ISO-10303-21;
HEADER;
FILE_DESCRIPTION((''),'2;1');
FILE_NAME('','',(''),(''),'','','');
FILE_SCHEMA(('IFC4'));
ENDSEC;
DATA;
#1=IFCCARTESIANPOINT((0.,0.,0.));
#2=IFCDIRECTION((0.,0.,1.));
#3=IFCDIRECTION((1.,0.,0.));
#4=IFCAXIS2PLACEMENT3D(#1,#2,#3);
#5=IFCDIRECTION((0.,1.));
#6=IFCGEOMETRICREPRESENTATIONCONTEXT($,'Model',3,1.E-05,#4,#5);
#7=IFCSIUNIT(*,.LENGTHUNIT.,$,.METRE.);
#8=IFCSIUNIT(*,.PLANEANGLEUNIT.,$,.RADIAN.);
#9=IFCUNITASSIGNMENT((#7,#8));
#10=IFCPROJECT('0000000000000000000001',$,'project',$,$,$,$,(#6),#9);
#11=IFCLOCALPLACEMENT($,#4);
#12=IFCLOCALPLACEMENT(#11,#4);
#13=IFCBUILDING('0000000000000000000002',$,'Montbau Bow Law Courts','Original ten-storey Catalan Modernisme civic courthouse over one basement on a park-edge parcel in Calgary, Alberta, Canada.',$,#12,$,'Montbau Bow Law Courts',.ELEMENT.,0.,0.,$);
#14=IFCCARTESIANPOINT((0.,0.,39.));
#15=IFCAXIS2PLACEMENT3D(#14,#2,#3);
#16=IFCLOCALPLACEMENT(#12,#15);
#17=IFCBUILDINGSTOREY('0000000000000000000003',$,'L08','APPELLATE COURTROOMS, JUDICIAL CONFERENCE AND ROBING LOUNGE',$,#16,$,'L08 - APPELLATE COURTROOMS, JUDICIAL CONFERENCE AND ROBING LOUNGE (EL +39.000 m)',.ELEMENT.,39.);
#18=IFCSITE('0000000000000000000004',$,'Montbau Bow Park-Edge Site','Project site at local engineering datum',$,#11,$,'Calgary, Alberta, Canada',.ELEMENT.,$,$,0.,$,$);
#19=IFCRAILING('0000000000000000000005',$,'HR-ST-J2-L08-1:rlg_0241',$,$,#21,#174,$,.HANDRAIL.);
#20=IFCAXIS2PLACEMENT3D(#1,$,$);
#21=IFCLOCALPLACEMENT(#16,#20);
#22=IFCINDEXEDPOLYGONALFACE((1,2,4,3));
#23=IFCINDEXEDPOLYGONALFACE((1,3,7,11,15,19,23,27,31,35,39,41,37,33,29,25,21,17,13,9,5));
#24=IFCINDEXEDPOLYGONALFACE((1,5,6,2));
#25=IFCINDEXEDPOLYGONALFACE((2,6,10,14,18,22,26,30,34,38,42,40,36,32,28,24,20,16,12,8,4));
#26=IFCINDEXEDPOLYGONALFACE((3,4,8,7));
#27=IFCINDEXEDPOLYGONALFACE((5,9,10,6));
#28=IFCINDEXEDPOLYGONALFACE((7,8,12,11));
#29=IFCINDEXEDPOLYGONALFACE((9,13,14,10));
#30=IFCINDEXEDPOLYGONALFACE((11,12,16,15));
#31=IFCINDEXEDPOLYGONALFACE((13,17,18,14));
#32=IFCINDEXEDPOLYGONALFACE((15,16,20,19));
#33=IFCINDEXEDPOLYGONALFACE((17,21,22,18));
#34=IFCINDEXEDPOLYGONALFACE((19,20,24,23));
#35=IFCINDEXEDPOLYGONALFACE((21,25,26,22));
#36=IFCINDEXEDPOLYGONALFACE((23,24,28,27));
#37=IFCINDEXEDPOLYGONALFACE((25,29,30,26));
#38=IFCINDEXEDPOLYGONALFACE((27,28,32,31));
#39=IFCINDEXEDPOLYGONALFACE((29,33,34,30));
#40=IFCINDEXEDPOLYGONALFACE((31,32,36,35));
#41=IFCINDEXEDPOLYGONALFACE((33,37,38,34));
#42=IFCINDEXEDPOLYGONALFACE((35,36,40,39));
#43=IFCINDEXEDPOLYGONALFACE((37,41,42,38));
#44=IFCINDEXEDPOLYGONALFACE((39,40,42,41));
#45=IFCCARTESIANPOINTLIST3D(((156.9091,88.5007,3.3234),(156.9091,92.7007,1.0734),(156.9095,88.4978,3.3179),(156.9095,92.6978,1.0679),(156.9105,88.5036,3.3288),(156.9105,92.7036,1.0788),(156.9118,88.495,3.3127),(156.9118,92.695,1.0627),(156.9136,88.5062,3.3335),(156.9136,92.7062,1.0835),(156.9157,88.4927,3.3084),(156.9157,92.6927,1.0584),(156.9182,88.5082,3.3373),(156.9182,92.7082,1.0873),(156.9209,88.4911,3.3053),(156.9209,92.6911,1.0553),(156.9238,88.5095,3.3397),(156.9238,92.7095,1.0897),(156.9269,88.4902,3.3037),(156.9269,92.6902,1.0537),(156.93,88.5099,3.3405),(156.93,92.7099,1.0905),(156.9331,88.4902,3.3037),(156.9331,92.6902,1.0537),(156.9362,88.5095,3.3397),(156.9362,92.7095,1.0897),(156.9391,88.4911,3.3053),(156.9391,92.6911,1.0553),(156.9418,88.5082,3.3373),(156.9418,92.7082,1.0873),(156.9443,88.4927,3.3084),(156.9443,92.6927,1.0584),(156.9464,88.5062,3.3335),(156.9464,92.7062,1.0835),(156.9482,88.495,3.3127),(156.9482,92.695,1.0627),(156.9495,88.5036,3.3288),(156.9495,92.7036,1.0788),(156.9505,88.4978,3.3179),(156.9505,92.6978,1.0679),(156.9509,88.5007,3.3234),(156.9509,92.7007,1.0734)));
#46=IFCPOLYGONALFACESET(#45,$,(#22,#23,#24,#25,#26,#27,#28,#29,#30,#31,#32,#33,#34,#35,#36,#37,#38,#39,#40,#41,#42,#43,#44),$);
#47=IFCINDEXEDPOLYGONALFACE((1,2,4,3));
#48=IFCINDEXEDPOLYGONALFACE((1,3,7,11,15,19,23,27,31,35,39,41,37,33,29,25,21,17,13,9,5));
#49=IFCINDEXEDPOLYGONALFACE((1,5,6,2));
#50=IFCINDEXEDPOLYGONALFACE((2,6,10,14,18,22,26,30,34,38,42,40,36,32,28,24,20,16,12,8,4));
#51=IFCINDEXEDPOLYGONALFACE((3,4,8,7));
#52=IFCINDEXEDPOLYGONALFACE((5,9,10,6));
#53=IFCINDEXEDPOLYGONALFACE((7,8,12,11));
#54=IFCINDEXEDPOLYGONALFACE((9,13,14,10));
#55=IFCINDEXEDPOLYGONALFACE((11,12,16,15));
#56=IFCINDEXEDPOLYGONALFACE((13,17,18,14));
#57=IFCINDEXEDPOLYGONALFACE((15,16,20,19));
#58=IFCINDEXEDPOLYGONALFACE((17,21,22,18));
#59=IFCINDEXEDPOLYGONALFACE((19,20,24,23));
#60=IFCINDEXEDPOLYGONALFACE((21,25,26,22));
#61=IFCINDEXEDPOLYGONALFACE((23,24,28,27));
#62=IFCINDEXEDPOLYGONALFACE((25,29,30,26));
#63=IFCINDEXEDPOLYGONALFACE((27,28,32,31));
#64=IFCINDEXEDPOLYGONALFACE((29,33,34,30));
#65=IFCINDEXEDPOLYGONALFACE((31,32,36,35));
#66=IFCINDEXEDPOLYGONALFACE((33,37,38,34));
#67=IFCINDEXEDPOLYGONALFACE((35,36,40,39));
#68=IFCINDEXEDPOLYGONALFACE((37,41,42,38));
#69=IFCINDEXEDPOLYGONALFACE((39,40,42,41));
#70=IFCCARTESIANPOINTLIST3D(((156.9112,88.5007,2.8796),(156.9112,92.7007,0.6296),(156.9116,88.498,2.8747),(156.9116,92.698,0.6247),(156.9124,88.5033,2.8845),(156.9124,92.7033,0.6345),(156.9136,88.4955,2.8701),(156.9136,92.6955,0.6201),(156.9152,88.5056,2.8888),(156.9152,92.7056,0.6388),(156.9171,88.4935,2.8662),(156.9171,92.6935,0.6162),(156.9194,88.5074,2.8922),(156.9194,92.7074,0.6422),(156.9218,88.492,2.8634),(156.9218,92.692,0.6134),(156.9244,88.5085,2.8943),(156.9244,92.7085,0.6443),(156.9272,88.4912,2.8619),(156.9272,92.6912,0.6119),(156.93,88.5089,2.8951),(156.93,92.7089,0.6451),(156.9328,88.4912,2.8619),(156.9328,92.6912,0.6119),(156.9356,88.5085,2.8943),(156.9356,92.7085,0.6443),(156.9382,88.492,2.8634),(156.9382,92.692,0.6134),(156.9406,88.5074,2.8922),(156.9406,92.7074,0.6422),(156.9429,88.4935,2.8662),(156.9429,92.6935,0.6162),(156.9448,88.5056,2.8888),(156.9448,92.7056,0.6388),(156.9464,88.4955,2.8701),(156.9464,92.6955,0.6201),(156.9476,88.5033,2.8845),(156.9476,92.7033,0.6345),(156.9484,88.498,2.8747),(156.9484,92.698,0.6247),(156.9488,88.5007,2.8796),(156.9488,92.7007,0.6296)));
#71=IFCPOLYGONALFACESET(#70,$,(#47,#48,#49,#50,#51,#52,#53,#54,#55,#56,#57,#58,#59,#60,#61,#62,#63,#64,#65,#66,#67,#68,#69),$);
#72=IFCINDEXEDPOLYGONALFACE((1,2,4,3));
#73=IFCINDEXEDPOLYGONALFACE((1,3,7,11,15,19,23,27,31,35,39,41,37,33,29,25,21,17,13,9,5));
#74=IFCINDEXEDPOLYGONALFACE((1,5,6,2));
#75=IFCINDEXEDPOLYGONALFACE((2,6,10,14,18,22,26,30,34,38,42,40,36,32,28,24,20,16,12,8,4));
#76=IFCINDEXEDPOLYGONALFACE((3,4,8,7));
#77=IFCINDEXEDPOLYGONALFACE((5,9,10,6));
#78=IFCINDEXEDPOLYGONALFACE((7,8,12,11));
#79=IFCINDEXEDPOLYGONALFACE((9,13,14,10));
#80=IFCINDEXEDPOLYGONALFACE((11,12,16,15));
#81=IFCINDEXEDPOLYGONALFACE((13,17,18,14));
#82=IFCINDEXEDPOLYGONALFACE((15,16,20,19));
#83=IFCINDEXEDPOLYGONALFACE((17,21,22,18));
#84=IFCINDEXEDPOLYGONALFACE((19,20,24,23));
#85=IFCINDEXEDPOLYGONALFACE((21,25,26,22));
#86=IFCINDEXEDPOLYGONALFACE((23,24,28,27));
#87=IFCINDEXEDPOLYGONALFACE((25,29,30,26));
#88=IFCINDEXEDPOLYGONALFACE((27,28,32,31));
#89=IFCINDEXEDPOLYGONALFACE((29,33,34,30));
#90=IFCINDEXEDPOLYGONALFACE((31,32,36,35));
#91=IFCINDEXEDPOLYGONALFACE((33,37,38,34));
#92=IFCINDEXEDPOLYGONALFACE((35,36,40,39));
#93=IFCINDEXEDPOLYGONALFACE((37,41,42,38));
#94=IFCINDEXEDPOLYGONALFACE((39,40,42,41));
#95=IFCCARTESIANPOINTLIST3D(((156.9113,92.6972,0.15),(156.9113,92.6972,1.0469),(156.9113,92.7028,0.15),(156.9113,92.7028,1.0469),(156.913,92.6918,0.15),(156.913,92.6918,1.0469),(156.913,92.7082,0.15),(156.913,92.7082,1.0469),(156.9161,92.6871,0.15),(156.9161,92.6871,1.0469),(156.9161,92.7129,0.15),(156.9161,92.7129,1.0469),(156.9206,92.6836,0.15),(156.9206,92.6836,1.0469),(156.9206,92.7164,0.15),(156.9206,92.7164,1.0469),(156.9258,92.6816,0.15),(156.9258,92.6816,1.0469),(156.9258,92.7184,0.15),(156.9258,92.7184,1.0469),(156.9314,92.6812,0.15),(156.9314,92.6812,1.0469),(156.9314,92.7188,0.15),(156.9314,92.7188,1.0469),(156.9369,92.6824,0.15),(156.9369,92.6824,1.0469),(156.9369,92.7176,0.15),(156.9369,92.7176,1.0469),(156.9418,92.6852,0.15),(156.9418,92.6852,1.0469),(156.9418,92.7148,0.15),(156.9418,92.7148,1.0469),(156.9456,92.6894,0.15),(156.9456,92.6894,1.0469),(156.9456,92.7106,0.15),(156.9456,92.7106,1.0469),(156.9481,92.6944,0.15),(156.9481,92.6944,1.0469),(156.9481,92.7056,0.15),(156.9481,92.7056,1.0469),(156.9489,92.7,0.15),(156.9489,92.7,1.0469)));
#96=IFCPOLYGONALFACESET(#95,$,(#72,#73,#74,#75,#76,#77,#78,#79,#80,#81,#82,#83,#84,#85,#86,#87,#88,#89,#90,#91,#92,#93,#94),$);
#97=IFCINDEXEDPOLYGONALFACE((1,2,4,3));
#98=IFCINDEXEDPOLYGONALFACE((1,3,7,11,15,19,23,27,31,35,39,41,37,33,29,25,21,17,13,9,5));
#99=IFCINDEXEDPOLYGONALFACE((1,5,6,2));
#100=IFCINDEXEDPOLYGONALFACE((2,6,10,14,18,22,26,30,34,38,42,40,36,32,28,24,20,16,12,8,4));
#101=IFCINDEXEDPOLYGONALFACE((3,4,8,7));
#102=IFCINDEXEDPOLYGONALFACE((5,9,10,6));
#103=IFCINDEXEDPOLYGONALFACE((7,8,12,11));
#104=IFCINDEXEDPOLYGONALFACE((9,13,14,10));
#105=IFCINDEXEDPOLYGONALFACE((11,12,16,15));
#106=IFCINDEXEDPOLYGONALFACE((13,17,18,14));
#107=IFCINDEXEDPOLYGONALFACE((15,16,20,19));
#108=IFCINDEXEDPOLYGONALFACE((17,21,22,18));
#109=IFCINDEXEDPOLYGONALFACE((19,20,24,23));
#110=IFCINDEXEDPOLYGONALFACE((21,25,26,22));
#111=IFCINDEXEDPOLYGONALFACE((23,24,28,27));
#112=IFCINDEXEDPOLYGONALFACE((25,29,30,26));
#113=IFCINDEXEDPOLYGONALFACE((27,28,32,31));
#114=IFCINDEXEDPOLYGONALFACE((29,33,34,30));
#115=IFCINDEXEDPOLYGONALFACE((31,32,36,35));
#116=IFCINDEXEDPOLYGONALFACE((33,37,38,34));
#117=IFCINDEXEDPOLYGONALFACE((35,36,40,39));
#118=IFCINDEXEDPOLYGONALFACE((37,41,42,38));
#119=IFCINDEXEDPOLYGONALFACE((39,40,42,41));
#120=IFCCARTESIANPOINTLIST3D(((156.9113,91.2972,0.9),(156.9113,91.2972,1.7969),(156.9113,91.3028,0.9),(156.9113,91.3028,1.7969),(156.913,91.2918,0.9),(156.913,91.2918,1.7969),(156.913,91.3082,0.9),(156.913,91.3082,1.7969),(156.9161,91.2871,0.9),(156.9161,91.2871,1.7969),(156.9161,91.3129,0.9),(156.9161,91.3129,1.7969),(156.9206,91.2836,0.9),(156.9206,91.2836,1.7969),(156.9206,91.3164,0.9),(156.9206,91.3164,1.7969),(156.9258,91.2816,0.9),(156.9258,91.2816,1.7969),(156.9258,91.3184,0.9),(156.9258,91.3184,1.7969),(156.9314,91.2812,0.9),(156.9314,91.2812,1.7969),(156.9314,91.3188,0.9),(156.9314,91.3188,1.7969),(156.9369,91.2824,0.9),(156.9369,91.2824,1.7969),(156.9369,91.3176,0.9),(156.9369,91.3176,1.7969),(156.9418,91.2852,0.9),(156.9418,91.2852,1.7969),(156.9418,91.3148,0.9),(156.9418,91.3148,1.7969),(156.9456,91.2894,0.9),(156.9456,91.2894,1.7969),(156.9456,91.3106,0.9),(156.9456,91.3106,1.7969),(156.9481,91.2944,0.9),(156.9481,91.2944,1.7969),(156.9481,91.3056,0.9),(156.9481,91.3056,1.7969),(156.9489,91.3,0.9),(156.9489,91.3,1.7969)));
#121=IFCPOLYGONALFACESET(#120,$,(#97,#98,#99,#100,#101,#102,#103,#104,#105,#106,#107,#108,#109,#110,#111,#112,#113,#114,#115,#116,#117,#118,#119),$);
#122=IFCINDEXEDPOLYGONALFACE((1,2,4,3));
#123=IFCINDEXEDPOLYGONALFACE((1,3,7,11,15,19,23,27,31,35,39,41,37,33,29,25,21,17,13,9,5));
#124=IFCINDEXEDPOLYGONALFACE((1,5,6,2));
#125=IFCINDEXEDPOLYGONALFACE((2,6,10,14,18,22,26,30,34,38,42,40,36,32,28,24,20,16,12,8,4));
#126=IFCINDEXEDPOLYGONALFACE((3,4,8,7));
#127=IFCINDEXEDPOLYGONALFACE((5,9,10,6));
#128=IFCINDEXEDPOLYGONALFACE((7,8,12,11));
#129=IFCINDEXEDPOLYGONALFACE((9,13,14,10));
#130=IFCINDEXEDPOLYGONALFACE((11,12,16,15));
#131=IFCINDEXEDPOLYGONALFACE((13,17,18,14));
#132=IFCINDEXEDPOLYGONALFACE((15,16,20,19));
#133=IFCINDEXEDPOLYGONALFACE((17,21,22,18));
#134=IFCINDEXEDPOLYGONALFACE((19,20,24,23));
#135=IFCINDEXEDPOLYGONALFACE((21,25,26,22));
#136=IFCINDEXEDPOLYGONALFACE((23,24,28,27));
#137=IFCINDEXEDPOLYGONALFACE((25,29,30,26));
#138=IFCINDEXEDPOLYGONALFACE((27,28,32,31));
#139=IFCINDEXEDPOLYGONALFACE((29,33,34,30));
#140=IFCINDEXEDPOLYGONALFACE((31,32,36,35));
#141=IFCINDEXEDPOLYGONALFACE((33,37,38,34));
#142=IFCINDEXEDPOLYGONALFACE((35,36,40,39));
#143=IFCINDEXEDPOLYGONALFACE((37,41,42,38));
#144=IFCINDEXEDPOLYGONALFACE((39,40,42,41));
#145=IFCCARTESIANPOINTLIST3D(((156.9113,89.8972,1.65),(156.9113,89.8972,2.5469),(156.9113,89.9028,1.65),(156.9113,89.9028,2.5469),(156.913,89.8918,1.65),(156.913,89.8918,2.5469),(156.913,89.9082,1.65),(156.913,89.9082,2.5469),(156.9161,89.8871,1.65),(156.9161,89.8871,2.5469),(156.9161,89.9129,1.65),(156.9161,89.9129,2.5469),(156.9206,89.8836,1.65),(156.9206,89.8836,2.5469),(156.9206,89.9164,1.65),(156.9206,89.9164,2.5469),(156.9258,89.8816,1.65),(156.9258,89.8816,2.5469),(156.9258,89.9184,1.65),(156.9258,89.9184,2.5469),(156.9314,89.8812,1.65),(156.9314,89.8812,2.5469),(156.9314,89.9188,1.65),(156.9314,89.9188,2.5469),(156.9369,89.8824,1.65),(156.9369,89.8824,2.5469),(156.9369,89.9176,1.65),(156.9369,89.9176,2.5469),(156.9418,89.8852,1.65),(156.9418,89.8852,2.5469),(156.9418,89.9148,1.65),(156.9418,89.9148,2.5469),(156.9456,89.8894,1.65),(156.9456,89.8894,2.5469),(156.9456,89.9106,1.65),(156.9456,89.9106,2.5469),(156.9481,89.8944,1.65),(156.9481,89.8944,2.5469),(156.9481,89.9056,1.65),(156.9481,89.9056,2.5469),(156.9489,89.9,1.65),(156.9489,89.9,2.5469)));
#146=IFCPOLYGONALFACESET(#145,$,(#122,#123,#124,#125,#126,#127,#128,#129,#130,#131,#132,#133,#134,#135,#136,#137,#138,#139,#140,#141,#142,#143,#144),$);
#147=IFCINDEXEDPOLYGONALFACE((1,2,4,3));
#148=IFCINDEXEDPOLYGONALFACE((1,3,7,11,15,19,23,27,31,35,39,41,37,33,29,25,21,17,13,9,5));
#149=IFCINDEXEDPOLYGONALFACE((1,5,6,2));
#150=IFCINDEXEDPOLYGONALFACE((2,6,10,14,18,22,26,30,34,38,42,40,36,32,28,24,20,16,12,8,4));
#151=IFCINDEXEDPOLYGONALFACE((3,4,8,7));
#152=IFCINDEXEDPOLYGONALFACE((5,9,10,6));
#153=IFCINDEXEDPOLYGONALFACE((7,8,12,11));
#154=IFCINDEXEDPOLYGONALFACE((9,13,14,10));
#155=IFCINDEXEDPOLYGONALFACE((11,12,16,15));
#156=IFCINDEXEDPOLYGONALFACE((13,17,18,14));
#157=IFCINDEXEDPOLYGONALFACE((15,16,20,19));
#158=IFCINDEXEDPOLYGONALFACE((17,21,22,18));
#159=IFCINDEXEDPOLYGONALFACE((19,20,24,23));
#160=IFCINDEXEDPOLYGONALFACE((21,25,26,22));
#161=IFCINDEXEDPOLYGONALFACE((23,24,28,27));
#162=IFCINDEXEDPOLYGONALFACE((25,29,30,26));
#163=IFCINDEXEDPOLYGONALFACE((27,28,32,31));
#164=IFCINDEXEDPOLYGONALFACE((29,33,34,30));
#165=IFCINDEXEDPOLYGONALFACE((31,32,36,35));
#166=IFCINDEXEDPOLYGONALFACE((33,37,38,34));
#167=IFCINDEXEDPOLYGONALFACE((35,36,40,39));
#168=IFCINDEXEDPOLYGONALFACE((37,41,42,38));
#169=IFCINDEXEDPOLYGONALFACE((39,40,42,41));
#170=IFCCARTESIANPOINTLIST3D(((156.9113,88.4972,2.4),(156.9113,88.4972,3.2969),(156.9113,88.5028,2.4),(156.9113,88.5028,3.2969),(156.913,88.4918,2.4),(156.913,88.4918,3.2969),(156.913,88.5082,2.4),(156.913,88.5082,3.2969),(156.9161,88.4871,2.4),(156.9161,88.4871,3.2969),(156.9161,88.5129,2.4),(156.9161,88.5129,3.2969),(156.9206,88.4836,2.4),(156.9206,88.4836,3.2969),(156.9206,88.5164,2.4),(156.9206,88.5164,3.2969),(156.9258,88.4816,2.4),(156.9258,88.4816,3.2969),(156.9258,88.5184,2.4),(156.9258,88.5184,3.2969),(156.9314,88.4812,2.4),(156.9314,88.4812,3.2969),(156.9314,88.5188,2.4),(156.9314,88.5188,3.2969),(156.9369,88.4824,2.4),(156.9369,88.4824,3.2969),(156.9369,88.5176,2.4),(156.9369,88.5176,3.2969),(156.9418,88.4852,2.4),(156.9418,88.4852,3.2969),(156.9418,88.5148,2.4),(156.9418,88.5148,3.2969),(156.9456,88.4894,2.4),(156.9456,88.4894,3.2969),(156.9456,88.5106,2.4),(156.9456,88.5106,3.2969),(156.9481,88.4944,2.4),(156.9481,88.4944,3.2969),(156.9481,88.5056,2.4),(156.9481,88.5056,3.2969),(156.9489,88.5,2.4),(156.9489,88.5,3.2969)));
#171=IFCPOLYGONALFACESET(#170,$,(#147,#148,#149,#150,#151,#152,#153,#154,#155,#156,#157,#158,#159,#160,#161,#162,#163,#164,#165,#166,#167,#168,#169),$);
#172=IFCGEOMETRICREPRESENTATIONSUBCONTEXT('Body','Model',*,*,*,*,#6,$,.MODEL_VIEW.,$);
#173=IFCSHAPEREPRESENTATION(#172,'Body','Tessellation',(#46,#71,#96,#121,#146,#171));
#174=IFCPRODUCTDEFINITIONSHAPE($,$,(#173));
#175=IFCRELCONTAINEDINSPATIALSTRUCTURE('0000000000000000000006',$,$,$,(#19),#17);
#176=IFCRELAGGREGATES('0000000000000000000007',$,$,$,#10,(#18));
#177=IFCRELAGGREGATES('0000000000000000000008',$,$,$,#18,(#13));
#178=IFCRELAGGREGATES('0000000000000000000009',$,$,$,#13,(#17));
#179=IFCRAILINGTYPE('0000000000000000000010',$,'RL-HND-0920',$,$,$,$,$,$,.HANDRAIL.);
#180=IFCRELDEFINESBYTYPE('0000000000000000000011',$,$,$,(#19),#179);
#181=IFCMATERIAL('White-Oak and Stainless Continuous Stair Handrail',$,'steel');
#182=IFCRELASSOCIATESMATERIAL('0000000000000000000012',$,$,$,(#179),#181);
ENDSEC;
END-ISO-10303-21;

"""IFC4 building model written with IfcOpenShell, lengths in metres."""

from ifc_helpers import new_model, si_unit, direction, frame, origin_with_axes, origin_2d_with_axis, place, context, subcontext, project, spatial, circle, extrude, material, type_object, element, save


model = new_model("IFC4")

# Units and contexts
model_context = context("Model", 3, precision=1e-05, world=origin_with_axes(), true_north=direction((0.0, 1.0)))
body_context = subcontext(model_context, "Body", "Model", "MODEL_VIEW")
ifc_project = project(units=[si_unit("LENGTHUNIT", "METRE"), si_unit("PLANEANGLEUNIT", "RADIAN")], contexts=[model_context])

# Site, building, storey
site_placement = place(None, origin_with_axes())
site = spatial("IfcSite", under=ifc_project, at=site_placement, Name="Montbau Bow Park-Edge Site", Description="Project site at local engineering datum", LongName="Calgary, Alberta, Canada", CompositionType="ELEMENT", RefElevation=0.0)
building_placement = place(site_placement, origin_with_axes())
building = spatial("IfcBuilding", under=site, at=building_placement, Name="Montbau Bow Law Courts", Description="Original ten-storey Catalan Modernisme civic courthouse over one basement on a park-edge parcel in Calgary, Alberta, Canada.", LongName="Montbau Bow Law Courts", CompositionType="ELEMENT", ElevationOfRefHeight=0.0, ElevationOfTerrain=0.0)
storey_placement = place(building_placement, frame((0.0, 0.0, 39.0), z_axis=(0.0, 0.0, 1.0), x_axis=(1.0, 0.0, 0.0)))
storey = spatial("IfcBuildingStorey", under=building, at=storey_placement, Name="L08", Description="APPELLATE COURTROOMS, JUDICIAL CONFERENCE AND ROBING LOUNGE", LongName="L08 - APPELLATE COURTROOMS, JUDICIAL CONFERENCE AND ROBING LOUNGE (EL +39.000 m)", CompositionType="ELEMENT", Elevation=39.0)

# Railing
ifc_material_1 = material(Name="White-Oak and Stainless Continuous Stair Handrail", Category="steel")
railing_type_1 = type_object("IfcRailingType", Name="RL-HND-0920", PredefinedType="HANDRAIL", material=ifc_material_1)
railing_1_placement = place(None, origin_with_axes())
element("IfcRailing", 1, at=railing_1_placement, inside=storey, type_object=railing_type_1, Name="HR-ST-J2-L08-1:rlg_0241", PredefinedType="HANDRAIL", context=body_context, shape_type="SweptSolid", body=[
    extrude(circle(Radius=0.021, at=origin_2d_with_axis()), frame((156.93, 92.7, 40.072), z_axis=(0.0, -0.88148, 0.472221), x_axis=(0.0, 0.472221, 0.88148)), (0.0, 0.0, 1.0), 4.7647),
    extrude(circle(Radius=0.0189, at=origin_2d_with_axis()), frame((156.93, 92.7, 39.6284), z_axis=(0.0, -0.88148, 0.472221), x_axis=(0.0, 0.472221, 0.88148)), (0.0, 0.0, 1.0), 4.7647),
    extrude(circle(Radius=0.0189, at=origin_2d_with_axis()), frame((156.93, 92.7, 39.15), z_axis=(0.0, 0.0, 1.0), x_axis=(1.0, 0.0, 0.0)), (0.0, 0.0, 1.0), 0.8969),
    extrude(circle(Radius=0.0189, at=origin_2d_with_axis()), frame((156.93, 91.3, 39.9), z_axis=(0.0, 0.0, 1.0), x_axis=(1.0, 0.0, 0.0)), (0.0, 0.0, 1.0), 0.8969),
    extrude(circle(Radius=0.0189, at=origin_2d_with_axis()), frame((156.93, 89.9, 40.65), z_axis=(0.0, 0.0, 1.0), x_axis=(1.0, 0.0, 0.0)), (0.0, 0.0, 1.0), 0.8969),
    extrude(circle(Radius=0.0189, at=origin_2d_with_axis()), frame((156.93, 88.5, 41.4), z_axis=(0.0, 0.0, 1.0), x_axis=(1.0, 0.0, 0.0)), (0.0, 0.0, 1.0), 0.8969),
])

save(model, "model.ifc")
